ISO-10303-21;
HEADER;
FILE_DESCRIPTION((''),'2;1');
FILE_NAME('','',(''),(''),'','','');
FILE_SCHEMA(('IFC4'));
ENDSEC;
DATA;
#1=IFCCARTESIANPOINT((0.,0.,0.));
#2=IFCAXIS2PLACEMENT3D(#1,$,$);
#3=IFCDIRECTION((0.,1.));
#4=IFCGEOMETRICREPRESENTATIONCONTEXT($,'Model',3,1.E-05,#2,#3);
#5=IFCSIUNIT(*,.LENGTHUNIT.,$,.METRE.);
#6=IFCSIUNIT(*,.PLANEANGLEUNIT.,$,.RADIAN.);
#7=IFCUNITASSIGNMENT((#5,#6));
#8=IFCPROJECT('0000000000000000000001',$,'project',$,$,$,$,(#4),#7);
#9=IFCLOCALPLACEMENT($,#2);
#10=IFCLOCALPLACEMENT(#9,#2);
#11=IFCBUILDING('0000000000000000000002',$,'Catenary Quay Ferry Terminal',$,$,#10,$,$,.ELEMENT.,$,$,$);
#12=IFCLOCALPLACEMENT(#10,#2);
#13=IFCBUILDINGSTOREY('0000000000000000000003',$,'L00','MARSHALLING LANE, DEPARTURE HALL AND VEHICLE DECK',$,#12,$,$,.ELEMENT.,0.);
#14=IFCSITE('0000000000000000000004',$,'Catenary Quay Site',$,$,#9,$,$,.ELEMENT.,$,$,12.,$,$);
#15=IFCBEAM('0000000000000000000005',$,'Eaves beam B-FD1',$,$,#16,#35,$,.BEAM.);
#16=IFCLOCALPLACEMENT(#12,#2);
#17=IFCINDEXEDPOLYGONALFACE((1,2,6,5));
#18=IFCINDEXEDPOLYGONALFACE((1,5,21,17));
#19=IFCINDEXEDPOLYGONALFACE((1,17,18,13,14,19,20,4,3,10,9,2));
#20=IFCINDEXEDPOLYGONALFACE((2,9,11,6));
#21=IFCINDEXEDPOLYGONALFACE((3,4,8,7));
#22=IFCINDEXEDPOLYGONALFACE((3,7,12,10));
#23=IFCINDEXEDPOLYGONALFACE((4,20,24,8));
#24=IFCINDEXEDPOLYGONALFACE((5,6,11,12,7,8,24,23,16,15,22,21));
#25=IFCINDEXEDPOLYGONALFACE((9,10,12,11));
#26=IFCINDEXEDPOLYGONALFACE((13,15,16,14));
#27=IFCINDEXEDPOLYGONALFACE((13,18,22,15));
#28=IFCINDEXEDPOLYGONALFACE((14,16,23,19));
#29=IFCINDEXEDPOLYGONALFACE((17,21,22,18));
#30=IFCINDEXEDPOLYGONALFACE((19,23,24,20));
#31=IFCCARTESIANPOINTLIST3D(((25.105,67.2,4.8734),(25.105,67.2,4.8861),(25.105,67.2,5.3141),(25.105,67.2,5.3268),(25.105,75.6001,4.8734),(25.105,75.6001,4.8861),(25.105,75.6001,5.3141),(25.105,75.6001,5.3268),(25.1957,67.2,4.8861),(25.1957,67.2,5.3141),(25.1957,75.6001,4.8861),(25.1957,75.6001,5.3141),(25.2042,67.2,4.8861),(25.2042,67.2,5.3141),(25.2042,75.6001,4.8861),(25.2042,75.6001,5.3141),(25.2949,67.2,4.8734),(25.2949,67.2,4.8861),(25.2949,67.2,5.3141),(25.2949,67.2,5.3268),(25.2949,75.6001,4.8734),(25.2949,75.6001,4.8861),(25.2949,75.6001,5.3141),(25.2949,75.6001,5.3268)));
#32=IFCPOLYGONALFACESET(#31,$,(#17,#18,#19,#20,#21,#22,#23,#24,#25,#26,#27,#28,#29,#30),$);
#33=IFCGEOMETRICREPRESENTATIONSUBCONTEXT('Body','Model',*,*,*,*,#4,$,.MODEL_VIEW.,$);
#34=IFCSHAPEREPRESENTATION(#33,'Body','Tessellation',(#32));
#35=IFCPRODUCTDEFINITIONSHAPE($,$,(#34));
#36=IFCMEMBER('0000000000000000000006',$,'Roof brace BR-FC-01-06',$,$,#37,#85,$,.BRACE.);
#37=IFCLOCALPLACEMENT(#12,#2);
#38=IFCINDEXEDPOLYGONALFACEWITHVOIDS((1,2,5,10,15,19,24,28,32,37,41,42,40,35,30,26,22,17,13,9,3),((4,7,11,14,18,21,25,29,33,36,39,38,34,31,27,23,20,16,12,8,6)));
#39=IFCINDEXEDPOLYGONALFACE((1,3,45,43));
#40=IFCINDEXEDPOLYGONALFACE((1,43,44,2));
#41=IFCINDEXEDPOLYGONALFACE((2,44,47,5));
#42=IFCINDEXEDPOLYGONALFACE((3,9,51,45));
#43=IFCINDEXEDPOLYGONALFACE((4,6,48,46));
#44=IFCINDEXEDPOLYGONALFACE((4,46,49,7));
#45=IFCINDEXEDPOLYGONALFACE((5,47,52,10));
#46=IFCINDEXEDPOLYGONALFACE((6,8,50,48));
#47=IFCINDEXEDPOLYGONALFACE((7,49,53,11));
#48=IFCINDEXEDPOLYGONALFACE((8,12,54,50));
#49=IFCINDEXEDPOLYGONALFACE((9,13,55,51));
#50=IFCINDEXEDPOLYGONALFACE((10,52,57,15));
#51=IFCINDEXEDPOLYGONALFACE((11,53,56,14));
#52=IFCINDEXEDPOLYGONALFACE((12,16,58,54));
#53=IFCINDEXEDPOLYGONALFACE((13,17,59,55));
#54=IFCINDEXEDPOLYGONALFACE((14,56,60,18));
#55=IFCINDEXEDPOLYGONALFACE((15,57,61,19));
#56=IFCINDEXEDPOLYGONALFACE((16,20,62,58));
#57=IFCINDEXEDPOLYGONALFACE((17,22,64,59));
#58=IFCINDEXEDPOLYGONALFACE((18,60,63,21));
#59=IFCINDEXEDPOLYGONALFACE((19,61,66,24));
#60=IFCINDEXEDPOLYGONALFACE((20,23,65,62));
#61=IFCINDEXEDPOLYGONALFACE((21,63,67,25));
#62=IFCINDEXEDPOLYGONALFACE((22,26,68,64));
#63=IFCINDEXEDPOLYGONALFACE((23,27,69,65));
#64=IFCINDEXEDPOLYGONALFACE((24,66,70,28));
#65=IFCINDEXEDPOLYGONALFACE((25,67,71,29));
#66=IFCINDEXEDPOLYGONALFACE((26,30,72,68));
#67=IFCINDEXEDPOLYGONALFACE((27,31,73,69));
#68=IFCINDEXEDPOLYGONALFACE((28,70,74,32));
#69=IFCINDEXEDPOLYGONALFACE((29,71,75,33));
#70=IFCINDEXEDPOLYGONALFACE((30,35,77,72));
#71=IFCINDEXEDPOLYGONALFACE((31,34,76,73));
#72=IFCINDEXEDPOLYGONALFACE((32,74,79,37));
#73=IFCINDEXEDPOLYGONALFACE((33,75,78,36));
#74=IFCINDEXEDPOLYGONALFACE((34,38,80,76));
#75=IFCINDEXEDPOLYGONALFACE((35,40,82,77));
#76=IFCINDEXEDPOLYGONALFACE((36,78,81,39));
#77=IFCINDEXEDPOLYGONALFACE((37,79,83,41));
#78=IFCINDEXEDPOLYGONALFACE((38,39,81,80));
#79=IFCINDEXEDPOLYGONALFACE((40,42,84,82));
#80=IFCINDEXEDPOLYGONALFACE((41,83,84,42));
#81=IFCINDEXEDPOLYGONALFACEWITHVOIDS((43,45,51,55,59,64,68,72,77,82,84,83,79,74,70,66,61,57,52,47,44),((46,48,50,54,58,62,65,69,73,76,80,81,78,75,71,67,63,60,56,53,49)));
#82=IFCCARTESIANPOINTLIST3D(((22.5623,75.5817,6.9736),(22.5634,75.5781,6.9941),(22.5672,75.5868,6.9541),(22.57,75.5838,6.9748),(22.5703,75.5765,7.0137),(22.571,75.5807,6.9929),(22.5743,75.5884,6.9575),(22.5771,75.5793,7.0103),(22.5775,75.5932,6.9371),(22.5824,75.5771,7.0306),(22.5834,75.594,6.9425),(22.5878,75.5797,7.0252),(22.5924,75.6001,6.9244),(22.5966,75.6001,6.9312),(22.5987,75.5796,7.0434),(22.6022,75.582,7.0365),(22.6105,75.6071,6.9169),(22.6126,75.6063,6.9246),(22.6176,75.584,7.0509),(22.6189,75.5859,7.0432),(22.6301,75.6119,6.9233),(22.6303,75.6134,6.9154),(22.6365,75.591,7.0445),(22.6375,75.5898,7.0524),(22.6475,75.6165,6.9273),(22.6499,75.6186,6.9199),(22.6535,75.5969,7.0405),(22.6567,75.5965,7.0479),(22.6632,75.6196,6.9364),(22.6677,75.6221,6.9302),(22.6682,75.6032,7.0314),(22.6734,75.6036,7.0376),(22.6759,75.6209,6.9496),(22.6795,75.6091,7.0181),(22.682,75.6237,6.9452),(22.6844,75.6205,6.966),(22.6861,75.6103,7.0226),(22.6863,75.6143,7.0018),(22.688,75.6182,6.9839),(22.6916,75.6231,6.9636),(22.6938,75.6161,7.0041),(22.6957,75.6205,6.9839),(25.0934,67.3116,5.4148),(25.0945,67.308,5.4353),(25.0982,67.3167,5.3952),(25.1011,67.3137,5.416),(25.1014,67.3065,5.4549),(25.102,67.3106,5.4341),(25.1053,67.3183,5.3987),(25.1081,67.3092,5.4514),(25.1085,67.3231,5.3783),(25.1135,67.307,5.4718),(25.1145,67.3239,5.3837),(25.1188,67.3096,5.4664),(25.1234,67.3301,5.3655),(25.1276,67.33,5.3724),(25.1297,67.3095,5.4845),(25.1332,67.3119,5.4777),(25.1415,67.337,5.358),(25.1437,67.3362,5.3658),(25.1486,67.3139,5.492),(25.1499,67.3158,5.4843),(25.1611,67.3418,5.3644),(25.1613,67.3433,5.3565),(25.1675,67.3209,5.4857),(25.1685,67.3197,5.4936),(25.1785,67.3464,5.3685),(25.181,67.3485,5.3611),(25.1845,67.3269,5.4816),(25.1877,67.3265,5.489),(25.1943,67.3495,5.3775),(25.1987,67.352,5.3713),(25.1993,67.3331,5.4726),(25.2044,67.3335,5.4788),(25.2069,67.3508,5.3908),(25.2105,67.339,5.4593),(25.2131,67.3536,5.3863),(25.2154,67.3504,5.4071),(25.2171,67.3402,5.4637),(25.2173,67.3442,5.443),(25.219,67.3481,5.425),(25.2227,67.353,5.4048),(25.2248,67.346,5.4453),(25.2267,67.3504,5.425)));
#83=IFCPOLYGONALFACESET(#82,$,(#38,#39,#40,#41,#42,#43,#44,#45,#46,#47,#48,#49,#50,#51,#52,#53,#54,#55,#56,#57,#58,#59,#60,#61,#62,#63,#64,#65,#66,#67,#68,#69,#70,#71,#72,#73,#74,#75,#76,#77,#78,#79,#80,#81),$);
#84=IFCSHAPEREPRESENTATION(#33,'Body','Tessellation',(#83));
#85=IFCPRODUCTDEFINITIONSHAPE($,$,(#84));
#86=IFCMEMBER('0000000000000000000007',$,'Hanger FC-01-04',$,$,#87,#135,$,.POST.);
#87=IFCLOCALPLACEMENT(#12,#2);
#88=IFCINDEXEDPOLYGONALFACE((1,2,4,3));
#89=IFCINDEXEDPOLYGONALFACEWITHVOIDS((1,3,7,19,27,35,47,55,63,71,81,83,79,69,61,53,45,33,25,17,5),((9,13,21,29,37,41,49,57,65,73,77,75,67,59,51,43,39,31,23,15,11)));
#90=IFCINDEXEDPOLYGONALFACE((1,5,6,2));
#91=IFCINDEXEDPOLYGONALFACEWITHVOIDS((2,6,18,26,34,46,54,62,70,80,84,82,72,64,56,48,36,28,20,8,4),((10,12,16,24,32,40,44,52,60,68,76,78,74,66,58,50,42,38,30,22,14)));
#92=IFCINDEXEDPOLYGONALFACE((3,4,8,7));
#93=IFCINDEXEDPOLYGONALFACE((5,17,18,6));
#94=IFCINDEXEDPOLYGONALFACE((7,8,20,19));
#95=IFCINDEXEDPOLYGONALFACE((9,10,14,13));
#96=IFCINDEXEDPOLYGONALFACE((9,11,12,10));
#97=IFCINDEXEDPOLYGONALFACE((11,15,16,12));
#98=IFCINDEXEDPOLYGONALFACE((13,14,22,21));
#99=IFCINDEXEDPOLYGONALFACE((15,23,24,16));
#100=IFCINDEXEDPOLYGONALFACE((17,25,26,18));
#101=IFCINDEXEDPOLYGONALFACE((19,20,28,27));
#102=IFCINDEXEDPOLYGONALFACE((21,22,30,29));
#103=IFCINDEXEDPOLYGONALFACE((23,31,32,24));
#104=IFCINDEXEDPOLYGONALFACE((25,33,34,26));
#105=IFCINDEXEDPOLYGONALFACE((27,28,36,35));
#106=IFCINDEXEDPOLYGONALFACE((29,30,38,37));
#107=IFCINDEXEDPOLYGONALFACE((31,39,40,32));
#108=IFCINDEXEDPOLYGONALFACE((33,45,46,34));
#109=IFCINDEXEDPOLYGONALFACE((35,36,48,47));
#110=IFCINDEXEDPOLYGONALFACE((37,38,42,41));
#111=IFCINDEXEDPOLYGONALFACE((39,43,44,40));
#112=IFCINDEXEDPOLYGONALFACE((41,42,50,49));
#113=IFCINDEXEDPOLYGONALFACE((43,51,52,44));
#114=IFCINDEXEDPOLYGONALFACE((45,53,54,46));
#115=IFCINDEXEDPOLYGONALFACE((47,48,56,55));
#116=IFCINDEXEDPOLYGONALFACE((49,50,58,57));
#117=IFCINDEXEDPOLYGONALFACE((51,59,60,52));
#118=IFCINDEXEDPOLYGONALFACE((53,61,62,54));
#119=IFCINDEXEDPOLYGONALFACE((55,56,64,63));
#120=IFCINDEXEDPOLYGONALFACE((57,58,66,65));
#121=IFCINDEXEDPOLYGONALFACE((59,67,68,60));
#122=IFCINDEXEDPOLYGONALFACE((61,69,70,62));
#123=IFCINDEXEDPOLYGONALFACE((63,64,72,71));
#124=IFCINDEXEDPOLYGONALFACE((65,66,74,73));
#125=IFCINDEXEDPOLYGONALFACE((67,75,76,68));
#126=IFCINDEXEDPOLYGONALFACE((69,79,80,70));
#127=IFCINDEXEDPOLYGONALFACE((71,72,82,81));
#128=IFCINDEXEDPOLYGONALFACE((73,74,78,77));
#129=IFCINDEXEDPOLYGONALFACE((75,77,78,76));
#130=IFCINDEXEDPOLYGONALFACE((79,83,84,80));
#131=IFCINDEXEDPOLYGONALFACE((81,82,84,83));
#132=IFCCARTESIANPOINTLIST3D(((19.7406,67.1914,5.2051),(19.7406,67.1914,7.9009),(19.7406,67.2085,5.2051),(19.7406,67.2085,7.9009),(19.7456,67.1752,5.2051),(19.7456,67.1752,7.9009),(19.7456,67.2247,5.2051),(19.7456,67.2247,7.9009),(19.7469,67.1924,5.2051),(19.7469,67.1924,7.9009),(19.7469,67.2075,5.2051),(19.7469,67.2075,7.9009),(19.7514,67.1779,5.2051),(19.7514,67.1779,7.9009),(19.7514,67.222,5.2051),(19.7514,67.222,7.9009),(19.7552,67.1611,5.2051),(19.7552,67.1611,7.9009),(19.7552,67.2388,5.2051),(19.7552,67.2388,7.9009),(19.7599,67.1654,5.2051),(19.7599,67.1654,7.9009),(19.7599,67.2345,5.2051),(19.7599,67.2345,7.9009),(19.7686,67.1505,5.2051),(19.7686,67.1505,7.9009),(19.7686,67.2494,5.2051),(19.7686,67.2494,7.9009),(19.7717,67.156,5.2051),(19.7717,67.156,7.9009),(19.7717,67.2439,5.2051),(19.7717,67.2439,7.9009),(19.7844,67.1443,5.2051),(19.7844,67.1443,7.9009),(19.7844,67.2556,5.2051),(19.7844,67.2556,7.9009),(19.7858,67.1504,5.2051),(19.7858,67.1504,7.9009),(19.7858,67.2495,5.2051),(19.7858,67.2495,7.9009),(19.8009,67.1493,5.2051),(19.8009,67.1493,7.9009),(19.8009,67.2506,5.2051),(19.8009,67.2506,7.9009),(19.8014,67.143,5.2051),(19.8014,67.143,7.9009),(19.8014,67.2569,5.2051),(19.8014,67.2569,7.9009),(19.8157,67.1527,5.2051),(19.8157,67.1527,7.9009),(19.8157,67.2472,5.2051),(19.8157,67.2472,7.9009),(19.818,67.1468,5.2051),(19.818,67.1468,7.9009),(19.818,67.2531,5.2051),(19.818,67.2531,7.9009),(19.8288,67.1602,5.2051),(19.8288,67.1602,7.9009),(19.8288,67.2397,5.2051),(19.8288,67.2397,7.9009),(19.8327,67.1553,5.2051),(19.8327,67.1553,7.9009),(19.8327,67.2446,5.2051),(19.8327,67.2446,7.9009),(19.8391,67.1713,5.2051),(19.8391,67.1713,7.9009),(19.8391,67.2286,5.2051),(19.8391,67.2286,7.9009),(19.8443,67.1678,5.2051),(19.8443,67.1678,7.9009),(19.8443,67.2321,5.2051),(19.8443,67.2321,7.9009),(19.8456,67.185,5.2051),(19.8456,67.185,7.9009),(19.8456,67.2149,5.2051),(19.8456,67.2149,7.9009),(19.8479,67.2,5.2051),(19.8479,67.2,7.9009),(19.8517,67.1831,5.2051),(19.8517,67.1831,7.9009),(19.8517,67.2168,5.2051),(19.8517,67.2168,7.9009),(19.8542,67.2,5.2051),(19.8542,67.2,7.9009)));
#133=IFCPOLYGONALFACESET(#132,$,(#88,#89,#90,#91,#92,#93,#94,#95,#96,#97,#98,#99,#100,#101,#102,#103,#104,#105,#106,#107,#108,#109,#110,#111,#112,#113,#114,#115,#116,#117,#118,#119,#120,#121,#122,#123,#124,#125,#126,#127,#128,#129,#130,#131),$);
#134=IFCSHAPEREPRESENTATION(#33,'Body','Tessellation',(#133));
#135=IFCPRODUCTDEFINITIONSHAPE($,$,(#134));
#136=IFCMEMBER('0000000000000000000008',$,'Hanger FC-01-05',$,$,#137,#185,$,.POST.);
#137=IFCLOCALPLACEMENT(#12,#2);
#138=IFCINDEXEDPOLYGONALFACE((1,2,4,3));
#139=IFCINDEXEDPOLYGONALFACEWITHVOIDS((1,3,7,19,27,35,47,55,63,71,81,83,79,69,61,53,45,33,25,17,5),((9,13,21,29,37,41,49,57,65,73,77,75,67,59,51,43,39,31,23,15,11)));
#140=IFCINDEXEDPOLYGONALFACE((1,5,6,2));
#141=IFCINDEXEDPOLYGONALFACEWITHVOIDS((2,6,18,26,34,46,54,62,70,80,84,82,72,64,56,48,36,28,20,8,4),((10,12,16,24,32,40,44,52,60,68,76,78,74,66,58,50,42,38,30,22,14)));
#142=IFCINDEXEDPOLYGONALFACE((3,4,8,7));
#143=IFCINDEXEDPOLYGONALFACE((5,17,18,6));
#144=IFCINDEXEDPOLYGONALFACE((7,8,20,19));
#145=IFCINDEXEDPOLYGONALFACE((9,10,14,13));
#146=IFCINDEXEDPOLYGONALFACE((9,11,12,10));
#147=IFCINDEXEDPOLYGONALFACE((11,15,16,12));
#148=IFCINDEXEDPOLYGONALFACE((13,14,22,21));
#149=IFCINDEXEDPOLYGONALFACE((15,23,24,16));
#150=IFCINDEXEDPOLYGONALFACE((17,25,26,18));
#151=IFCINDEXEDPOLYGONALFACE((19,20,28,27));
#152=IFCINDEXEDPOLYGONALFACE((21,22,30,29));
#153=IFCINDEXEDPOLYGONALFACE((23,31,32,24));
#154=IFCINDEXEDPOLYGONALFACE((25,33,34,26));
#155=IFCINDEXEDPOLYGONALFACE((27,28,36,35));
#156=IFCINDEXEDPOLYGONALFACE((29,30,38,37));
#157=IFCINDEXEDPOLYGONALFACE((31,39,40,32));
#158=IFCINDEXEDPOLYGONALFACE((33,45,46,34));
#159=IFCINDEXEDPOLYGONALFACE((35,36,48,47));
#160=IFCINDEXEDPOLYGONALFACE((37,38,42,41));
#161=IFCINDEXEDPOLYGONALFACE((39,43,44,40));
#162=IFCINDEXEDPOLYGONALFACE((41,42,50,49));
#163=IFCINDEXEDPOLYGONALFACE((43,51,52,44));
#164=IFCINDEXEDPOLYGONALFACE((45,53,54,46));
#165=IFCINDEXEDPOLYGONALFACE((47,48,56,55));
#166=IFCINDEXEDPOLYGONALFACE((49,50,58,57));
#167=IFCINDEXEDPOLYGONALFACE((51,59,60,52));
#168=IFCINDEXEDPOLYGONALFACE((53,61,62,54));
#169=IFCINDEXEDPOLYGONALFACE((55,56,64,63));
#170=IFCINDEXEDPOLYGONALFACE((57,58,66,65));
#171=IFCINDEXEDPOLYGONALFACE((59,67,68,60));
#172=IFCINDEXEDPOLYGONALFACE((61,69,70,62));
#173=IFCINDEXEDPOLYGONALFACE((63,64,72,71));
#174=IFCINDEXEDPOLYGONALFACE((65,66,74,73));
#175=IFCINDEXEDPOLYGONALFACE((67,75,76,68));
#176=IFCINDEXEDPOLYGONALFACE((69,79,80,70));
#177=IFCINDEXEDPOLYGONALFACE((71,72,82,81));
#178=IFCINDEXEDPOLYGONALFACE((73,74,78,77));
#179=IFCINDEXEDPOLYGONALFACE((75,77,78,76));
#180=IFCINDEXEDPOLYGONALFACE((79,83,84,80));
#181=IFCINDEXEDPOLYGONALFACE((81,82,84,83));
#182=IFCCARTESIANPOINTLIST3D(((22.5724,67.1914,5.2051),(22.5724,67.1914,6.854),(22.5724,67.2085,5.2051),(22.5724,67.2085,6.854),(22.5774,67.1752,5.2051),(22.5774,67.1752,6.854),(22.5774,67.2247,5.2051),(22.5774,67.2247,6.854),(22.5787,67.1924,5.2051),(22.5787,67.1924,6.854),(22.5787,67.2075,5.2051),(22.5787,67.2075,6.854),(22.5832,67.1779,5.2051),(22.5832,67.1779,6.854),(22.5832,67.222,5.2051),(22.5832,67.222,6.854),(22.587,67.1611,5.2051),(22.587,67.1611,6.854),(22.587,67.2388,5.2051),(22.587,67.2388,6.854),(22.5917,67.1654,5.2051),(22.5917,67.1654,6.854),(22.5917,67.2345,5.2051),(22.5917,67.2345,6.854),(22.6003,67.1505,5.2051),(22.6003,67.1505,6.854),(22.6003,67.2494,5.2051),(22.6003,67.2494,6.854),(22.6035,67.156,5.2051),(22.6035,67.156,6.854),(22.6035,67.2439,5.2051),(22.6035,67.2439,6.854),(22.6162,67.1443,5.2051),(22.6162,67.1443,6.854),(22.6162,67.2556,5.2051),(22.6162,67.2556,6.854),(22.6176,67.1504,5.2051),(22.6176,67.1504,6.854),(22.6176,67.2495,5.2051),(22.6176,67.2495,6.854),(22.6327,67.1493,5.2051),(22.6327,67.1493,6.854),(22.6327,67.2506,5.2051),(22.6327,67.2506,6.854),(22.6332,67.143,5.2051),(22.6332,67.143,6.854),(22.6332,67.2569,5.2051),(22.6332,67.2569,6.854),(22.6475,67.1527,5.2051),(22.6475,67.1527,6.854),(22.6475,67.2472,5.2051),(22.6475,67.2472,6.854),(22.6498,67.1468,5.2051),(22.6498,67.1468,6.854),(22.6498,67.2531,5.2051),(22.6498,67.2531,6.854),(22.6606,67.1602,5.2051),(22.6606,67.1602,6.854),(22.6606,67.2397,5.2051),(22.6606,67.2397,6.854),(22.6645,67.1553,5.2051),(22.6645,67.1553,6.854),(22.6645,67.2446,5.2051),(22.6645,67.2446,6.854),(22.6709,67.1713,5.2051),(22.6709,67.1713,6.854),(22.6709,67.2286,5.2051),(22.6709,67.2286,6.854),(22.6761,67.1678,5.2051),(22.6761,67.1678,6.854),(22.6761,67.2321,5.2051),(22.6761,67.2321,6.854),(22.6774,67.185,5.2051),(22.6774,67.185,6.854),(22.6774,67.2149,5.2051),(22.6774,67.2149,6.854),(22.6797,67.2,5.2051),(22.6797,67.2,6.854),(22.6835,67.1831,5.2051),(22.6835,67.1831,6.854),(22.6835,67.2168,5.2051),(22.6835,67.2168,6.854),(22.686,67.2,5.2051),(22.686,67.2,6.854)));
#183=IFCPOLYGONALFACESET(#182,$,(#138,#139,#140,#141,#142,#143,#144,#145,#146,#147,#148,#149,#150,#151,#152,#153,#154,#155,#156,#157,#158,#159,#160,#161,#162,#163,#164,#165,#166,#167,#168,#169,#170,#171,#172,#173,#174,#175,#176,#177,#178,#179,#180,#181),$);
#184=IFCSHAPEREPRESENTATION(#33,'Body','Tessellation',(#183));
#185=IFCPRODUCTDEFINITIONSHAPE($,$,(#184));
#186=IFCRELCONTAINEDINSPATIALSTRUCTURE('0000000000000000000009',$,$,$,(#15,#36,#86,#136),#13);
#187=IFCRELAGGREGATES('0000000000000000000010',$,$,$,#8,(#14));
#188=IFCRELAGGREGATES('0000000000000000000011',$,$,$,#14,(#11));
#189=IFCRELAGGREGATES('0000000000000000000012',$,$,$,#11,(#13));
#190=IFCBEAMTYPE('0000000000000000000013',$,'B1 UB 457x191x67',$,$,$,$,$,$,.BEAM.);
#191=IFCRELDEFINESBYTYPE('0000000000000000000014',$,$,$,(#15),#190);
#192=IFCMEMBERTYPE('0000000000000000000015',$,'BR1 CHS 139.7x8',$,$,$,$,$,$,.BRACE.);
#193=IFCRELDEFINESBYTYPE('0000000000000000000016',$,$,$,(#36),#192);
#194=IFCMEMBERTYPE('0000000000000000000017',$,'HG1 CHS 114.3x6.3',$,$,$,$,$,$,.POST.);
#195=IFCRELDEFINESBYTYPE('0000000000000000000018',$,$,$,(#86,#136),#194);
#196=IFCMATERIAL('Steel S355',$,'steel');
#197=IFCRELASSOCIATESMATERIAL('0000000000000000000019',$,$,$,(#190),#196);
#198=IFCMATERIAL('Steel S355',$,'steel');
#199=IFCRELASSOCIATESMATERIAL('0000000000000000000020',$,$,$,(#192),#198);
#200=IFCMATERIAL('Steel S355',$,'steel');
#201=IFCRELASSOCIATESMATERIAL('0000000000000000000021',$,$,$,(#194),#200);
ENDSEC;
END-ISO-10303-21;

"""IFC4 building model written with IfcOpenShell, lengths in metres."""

from ifc_helpers import new_model, si_unit, direction, frame, origin, origin_2d, place, context, subcontext, project, spatial, hollow_circle, i_section, extrude, material, material_profile, profile_set, type_object, element, save


model = new_model("IFC4")

# Units and contexts
model_context = context("Model", 3, precision=1e-05, world=origin(), true_north=direction((0.0, 1.0)))
body_context = subcontext(model_context, "Body", "Model", "MODEL_VIEW")
ifc_project = project(units=[si_unit("LENGTHUNIT", "METRE"), si_unit("PLANEANGLEUNIT", "RADIAN")], contexts=[model_context])

# Site, building, storey
site_placement = place(None, origin())
site = spatial("IfcSite", under=ifc_project, at=site_placement, Name="Catenary Quay Site", CompositionType="ELEMENT", RefElevation=12.0)
building_placement = place(site_placement, origin())
building = spatial("IfcBuilding", under=site, at=building_placement, Name="Catenary Quay Ferry Terminal", CompositionType="ELEMENT")
storey_placement = place(building_placement, origin())
storey = spatial("IfcBuildingStorey", under=building, at=storey_placement, Name="L00", Description="MARSHALLING LANE, DEPARTURE HALL AND VEHICLE DECK", CompositionType="ELEMENT", Elevation=0.0)

# Beam
ifc_material_1 = material(Name="Steel S355", Category="steel")
ifc_material_profile_1 = material_profile(ifc_material_1, i_section(OverallWidth=0.1899, OverallDepth=0.4534, WebThickness=0.0085, FlangeThickness=0.0127, at=origin_2d()), Name="UB 457x191x67")
ifc_profile_set_1 = profile_set([ifc_material_profile_1], Name="Steel S355")
beam_type = type_object("IfcBeamType", Name="B1 UB 457x191x67", PredefinedType="BEAM", material=ifc_profile_set_1)
beam_placement = place(storey_placement, frame((25.2, 67.2, 5.1001), z_axis=(0.0, 1.0, 0.0), x_axis=(-1.0, 0.0, 0.0)))
element("IfcBeam", 1, at=beam_placement, inside=storey, type_object=beam_type, Name="Eaves beam B-FD1", PredefinedType="BEAM", context=body_context, shape_type="SweptSolid", body=[
    extrude(i_section(OverallWidth=0.1899, OverallDepth=0.4534, WebThickness=0.0085, FlangeThickness=0.0127, at=origin_2d()), origin(), (0.0, 0.0, 1.0), 8.4001),
])

# Members
ifc_material_2 = material(Name="Steel S355", Category="steel")
ifc_material_profile_2 = material_profile(ifc_material_2, hollow_circle(Radius=0.0698, WallThickness=0.0081, at=origin_2d()), Name="CHS 139.7x8")
ifc_profile_set_2 = profile_set([ifc_material_profile_2], Name="Steel S355")
member_type_1 = type_object("IfcMemberType", Name="BR1 CHS 139.7x8", PredefinedType="BRACE", material=ifc_profile_set_2)
member_1_placement = place(storey_placement, frame((22.6289, 75.6001, 6.9839), z_axis=(0.288007, -0.941057, -0.177382), x_axis=(0.95622, 0.292647, 0.0)))
element("IfcMember", 2, at=member_1_placement, inside=storey, type_object=member_type_1, Name="Roof brace BR-FC-01-06", PredefinedType="BRACE", context=body_context, shape_type="SweptSolid", body=[
    extrude(hollow_circle(Radius=0.0698, WallThickness=0.0081, at=origin_2d()), origin(), (0.0, 0.0, 1.0), 8.7881),
])
ifc_material_3 = material(Name="Steel S355", Category="steel")
ifc_material_profile_3 = material_profile(ifc_material_3, hollow_circle(Radius=0.0571, WallThickness=0.0063, at=origin_2d()), Name="CHS 114.3x6.3")
ifc_profile_set_3 = profile_set([ifc_material_profile_3], Name="Steel S355")
member_type_2 = type_object("IfcMemberType", Name="HG1 CHS 114.3x6.3", PredefinedType="POST", material=ifc_profile_set_3)
member_2_placement = place(storey_placement, frame((19.7971, 67.2, 5.2051), z_axis=(0.0, 0.0, 1.0), x_axis=(1.0, 0.0, 0.0)))
element("IfcMember", 3, at=member_2_placement, inside=storey, type_object=member_type_2, Name="Hanger FC-01-04", PredefinedType="POST", context=body_context, shape_type="SweptSolid", body=[
    extrude(hollow_circle(Radius=0.0571, WallThickness=0.0063, at=origin_2d()), origin(), (0.0, 0.0, 1.0), 2.6958),
])
member_3_placement = place(storey_placement, frame((22.6289, 67.2, 5.2051), z_axis=(0.0, 0.0, 1.0), x_axis=(1.0, 0.0, 0.0)))
element("IfcMember", 4, at=member_3_placement, inside=storey, type_object=member_type_2, Name="Hanger FC-01-05", PredefinedType="POST", context=body_context, shape_type="SweptSolid", body=[
    extrude(hollow_circle(Radius=0.0571, WallThickness=0.0063, at=origin_2d()), origin(), (0.0, 0.0, 1.0), 1.6489),
])

save(model, "model.ifc")
